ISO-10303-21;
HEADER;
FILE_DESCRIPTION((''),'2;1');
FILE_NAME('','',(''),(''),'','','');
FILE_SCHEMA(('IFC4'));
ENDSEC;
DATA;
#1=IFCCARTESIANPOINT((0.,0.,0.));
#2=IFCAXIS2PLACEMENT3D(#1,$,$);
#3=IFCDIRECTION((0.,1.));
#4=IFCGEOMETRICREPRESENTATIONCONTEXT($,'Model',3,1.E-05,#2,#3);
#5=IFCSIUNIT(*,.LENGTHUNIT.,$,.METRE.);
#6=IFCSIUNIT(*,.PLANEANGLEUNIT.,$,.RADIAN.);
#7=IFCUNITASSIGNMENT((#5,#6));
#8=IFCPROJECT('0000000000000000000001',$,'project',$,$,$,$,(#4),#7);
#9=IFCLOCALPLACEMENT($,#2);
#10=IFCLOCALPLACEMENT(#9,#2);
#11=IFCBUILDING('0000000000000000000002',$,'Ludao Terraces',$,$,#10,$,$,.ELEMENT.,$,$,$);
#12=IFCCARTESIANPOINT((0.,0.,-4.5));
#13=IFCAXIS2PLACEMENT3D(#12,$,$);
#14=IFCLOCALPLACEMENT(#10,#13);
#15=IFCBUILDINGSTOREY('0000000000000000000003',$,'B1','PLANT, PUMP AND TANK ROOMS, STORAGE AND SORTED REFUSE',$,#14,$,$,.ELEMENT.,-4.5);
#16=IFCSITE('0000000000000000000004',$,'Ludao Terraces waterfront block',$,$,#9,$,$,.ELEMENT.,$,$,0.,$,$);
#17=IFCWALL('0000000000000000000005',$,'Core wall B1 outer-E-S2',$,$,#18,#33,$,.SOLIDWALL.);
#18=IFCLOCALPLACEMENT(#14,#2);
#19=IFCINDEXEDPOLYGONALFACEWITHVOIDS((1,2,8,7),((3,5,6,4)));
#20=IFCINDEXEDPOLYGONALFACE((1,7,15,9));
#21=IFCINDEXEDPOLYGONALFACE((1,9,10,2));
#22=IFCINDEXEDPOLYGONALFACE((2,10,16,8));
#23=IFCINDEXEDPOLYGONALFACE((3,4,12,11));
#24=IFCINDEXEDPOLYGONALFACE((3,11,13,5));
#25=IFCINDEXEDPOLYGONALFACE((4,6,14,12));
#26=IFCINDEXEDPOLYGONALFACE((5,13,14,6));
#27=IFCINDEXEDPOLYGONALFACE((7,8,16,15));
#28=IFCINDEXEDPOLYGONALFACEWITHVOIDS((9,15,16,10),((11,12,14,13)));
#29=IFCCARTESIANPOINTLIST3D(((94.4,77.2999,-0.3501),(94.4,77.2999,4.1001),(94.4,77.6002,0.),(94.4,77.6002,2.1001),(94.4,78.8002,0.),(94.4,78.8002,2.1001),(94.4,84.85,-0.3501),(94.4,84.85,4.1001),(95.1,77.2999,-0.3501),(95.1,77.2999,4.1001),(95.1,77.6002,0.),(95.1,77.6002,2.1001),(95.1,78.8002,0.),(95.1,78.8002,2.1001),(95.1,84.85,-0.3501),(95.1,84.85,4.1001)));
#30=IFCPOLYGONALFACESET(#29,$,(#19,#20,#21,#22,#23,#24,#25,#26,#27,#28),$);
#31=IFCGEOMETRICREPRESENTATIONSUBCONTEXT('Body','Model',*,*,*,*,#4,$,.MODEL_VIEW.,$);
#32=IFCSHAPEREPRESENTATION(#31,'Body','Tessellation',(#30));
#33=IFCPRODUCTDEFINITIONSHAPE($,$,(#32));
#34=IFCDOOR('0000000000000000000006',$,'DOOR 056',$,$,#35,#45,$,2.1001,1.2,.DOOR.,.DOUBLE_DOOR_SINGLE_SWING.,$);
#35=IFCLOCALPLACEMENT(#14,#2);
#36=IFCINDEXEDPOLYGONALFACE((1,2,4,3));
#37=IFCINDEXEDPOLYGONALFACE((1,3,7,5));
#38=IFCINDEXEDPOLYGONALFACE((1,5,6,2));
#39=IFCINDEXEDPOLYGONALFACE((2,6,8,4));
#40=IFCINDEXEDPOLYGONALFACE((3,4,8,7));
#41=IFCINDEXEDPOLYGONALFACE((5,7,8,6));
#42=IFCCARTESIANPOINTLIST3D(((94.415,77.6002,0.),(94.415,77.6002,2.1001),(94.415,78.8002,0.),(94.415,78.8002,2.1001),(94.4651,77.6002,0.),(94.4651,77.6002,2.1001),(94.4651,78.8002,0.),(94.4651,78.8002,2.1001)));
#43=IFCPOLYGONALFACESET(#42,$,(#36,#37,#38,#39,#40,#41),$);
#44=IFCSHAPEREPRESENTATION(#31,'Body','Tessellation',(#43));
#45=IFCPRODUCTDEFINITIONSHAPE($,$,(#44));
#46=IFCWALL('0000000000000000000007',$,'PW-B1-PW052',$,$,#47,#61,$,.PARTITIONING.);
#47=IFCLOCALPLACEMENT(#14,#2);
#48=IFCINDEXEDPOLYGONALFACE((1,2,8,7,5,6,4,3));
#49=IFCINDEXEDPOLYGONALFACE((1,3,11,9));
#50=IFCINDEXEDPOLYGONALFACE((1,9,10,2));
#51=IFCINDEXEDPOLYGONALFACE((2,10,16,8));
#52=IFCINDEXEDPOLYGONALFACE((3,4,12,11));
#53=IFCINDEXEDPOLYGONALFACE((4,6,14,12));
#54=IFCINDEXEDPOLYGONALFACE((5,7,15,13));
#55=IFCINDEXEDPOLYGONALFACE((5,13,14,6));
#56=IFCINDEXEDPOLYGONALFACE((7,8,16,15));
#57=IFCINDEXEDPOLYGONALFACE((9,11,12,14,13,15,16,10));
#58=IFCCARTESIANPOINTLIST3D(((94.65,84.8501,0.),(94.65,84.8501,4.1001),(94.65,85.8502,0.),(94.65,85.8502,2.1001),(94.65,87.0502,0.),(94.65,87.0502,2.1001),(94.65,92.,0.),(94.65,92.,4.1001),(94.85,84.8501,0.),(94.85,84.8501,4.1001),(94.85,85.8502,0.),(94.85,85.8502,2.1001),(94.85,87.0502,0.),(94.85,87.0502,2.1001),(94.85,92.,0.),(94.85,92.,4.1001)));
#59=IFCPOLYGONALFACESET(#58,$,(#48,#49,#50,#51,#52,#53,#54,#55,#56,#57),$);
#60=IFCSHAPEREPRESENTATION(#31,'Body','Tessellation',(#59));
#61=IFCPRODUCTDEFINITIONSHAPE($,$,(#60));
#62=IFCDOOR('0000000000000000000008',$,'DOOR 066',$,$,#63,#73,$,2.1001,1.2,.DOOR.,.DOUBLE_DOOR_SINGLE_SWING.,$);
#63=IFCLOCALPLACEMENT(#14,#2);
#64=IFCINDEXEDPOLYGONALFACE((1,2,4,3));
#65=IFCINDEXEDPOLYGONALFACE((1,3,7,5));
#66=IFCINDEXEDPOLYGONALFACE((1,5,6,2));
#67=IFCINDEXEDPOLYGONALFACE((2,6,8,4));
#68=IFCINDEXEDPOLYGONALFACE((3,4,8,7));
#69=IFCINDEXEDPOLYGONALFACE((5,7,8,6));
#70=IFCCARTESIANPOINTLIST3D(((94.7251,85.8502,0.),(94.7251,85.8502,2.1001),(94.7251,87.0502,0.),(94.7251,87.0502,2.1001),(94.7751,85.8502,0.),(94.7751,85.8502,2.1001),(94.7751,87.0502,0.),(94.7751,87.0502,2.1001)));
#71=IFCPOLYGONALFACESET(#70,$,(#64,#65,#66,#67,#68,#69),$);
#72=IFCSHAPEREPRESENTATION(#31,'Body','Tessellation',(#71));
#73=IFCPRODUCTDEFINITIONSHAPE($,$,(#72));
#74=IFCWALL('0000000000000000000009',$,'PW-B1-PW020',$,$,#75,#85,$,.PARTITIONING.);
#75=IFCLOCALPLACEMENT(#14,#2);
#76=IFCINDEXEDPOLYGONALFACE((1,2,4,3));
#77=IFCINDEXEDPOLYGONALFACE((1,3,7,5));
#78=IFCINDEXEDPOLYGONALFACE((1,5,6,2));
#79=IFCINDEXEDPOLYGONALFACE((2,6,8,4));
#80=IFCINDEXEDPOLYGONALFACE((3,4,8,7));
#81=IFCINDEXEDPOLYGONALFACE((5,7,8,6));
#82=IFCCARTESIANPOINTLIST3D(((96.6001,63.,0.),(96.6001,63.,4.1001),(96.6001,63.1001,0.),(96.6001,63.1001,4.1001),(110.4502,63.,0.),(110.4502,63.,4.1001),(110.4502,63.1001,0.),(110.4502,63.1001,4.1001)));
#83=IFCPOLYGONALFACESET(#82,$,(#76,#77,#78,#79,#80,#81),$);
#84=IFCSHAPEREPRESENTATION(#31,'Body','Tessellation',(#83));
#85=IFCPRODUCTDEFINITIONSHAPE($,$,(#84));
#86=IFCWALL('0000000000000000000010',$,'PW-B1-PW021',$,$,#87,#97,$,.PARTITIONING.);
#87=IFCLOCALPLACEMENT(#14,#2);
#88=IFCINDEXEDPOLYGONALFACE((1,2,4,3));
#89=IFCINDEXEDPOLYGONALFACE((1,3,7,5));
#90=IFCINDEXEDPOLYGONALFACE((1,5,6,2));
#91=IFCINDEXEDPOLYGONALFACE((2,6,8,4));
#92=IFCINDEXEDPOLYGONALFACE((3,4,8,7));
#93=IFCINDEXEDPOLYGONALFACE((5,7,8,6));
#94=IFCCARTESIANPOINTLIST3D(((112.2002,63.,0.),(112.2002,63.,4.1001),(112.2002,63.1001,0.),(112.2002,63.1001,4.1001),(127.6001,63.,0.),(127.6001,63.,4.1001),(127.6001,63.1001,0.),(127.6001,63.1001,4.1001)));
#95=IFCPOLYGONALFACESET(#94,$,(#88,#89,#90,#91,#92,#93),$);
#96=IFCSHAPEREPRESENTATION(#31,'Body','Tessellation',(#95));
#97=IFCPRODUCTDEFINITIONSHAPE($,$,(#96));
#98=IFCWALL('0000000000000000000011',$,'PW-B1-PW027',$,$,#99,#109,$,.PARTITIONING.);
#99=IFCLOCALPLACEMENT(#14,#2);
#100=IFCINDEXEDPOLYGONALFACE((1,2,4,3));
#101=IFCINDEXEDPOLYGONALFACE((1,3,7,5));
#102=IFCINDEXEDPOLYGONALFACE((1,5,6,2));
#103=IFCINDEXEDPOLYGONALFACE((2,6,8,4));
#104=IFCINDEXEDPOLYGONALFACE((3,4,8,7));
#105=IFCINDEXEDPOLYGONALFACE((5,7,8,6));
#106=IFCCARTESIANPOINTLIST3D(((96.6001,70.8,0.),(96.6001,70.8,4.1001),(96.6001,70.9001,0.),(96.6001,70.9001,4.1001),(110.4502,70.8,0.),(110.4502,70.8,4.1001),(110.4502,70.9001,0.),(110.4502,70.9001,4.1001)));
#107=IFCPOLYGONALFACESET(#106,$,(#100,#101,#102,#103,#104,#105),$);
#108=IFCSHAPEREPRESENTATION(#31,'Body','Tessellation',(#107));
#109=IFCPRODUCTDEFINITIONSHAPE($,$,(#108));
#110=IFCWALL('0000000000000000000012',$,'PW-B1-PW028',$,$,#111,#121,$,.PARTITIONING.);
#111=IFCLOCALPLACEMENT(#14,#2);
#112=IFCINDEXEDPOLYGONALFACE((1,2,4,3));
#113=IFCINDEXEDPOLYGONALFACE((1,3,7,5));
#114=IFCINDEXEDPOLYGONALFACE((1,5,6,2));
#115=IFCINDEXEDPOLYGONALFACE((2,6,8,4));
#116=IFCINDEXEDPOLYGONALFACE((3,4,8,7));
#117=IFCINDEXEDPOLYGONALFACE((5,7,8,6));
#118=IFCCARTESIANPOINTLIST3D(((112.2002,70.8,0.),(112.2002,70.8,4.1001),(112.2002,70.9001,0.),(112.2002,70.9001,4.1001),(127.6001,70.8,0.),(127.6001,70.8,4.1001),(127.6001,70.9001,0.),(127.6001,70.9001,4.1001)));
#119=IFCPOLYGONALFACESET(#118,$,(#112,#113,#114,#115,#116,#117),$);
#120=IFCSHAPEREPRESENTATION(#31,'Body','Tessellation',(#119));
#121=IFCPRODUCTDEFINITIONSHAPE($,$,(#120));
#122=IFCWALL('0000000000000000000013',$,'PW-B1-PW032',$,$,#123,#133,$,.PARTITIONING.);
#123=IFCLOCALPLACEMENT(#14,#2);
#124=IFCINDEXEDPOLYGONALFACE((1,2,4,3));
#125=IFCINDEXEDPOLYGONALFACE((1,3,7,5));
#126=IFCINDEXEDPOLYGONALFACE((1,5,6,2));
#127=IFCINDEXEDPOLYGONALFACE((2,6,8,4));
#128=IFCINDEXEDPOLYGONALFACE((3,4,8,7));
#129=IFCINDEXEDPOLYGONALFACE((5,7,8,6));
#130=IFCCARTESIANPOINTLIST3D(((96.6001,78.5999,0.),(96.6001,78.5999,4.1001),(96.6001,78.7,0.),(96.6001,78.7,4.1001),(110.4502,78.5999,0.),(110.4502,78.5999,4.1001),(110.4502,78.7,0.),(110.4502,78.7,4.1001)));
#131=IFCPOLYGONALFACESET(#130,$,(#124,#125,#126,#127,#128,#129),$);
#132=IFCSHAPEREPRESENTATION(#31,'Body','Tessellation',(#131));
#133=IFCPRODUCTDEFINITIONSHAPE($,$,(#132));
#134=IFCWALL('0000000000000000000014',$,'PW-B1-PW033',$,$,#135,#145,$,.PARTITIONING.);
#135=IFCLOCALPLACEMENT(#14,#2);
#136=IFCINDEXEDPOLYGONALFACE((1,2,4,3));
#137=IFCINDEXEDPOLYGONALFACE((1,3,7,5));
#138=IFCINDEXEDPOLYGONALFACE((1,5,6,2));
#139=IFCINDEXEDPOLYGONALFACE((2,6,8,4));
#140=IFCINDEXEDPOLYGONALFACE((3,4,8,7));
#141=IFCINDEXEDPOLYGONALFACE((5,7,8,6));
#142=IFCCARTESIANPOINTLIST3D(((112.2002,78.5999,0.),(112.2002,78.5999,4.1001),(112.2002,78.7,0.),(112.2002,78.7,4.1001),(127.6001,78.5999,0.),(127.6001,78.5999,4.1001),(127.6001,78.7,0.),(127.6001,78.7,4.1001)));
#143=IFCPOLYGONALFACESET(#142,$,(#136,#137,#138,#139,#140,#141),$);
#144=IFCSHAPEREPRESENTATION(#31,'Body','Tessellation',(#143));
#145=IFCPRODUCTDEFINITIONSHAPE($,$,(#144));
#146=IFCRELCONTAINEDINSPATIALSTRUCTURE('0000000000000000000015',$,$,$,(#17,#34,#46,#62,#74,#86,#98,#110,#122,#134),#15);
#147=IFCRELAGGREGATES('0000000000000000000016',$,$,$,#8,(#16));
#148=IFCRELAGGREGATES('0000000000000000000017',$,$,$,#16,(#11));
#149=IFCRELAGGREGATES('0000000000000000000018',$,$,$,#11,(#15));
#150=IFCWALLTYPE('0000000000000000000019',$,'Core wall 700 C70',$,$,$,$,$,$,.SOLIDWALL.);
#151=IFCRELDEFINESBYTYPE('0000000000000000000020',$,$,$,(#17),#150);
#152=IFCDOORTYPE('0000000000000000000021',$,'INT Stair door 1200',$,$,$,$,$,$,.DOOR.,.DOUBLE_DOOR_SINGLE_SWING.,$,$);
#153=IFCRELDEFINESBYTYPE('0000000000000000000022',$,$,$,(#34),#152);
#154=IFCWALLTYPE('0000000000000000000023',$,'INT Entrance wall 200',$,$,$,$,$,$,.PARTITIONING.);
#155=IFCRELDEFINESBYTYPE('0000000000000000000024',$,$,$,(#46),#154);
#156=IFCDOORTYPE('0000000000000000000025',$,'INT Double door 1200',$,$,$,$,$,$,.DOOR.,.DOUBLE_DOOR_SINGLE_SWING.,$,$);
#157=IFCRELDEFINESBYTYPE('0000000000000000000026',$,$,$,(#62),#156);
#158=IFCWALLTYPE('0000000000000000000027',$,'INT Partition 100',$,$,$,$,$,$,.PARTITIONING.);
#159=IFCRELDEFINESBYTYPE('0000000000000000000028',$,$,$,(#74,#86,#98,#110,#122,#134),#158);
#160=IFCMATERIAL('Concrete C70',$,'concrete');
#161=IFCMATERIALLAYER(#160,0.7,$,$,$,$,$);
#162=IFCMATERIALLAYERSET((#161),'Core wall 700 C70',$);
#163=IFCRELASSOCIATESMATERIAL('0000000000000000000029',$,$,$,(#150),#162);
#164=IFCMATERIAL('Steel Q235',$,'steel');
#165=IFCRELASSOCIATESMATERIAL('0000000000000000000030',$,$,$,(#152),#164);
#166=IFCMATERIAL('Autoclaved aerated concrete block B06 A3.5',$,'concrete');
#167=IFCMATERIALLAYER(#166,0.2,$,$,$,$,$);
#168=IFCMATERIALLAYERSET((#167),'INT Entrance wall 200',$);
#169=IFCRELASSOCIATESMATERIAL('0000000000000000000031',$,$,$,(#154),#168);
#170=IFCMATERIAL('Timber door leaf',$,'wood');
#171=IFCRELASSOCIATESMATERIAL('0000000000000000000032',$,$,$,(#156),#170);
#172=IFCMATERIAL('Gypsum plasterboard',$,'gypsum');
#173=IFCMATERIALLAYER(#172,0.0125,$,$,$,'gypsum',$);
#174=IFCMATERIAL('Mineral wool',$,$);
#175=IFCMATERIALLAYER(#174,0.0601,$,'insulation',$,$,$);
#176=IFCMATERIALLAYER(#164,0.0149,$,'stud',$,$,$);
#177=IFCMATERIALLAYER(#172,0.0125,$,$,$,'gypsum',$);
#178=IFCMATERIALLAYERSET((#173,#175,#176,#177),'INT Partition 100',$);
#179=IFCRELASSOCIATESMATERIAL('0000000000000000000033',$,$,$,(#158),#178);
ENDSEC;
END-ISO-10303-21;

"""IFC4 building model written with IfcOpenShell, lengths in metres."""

from ifc_helpers import new_model, si_unit, direction, frame, frame_2d, origin, place, context, subcontext, project, spatial, rectangle, extrude, material, layer, layer_set, type_object, element, fill, save


model = new_model("IFC4")

# Units and contexts
model_context = context("Model", 3, precision=1e-05, world=origin(), true_north=direction((0.0, 1.0)))
body_context = subcontext(model_context, "Body", "Model", "MODEL_VIEW")
ifc_project = project(units=[si_unit("LENGTHUNIT", "METRE"), si_unit("PLANEANGLEUNIT", "RADIAN")], contexts=[model_context])

# Site, building, storey
site_placement = place(None, origin())
site = spatial("IfcSite", under=ifc_project, at=site_placement, Name="Ludao Terraces waterfront block", CompositionType="ELEMENT", RefElevation=0.0)
building_placement = place(site_placement, origin())
building = spatial("IfcBuilding", under=site, at=building_placement, Name="Ludao Terraces", CompositionType="ELEMENT")
storey_placement = place(building_placement, frame((0.0, 0.0, -4.5)))
storey = spatial("IfcBuildingStorey", under=building, at=storey_placement, Name="B1", Description="PLANT, PUMP AND TANK ROOMS, STORAGE AND SORTED REFUSE", CompositionType="ELEMENT", Elevation=-4.5)

# Shared definitions
ifc_material_1 = material(Name="Concrete C70", Category="concrete")
ifc_layer_1 = layer(ifc_material_1, 0.7)
ifc_layer_set_1 = layer_set([ifc_layer_1], Name="Core wall 700 C70")
wall_type_1 = type_object("IfcWallType", Name="Core wall 700 C70", PredefinedType="SOLIDWALL", material=ifc_layer_set_1)
ifc_material_2 = material(Name="Steel Q235", Category="steel")
ifc_material_3 = material(Name="Timber door leaf", Category="wood")

# Walls, openings, doors
wall_1_placement = place(storey_placement, frame((94.75, 77.3, -0.3501), z_axis=(0.0, 0.0, 1.0), x_axis=(0.0, 1.0, 0.0)))
wall_1 = element("IfcWall", 1, at=wall_1_placement, inside=storey, type_object=wall_type_1, Name="Core wall B1 outer-E-S2", PredefinedType="SOLIDWALL", context=body_context, shape_type="SweptSolid", body=[
    extrude(rectangle(XDim=7.55, YDim=0.7, at=frame_2d((3.7749, 0.0))), origin(), (0.0, 0.0, 1.0), 4.4502),
])
opening_1_placement = place(wall_1_placement, frame((0.3, 0.0, 0.3501)))
opening_1 = element("IfcOpeningElement", 2, at=opening_1_placement, cuts=wall_1, PredefinedType="OPENING", context=body_context, shape_type="SweptSolid", body=[
    extrude(rectangle(XDim=1.2, YDim=2.1001, at=frame_2d((0.6001, 1.05))), frame((0.0, 0.3599, 0.0), z_axis=(0.0, -1.0, 0.0), x_axis=(1.0, 0.0, 0.0)), (0.0, 0.0, 1.0), 0.72),
])
door_type_1 = type_object("IfcDoorType", Name="INT Stair door 1200", OperationType="DOUBLE_DOOR_SINGLE_SWING", PredefinedType="DOOR", material=ifc_material_2)
door_1_placement = place(opening_1_placement, origin())
door_1 = element("IfcDoor", 3, at=door_1_placement, inside=storey, type_object=door_type_1, Name="DOOR 056", OperationType="DOUBLE_DOOR_SINGLE_SWING", OverallHeight=2.1001, OverallWidth=1.2, PredefinedType="DOOR", context=body_context, shape_type="SweptSolid", body=[
    extrude(rectangle(XDim=1.2, YDim=2.1001, at=frame_2d((0.6001, 1.05))), frame((0.0, 0.335, 0.0), z_axis=(0.0, -1.0, 0.0), x_axis=(1.0, 0.0, 0.0)), (0.0, 0.0, 1.0), 0.05),
])
fill(opening_1, door_1)
ifc_material_4 = material(Name="Autoclaved aerated concrete block B06 A3.5", Category="concrete")
ifc_layer_2 = layer(ifc_material_4, 0.2)
ifc_layer_set_2 = layer_set([ifc_layer_2], Name="INT Entrance wall 200")
wall_type_2 = type_object("IfcWallType", Name="INT Entrance wall 200", PredefinedType="PARTITIONING", material=ifc_layer_set_2)
wall_2_placement = place(storey_placement, frame((94.75, 84.8501, 0.0), z_axis=(0.0, 0.0, 1.0), x_axis=(0.0, 1.0, 0.0)))
wall_2 = element("IfcWall", 4, at=wall_2_placement, inside=storey, type_object=wall_type_2, Name="PW-B1-PW052", PredefinedType="PARTITIONING", context=body_context, shape_type="SweptSolid", body=[
    extrude(rectangle(XDim=7.1499, YDim=0.2, at=frame_2d((3.575, 0.0))), origin(), (0.0, 0.0, 1.0), 4.1001),
])
opening_2_placement = place(wall_2_placement, frame((1.0, 0.0, 0.0)))
opening_2 = element("IfcOpeningElement", 5, at=opening_2_placement, cuts=wall_2, PredefinedType="OPENING", context=body_context, shape_type="SweptSolid", body=[
    extrude(rectangle(XDim=1.2, YDim=2.1001, at=frame_2d((0.6001, 1.05))), frame((0.0, 0.1099, 0.0), z_axis=(0.0, -1.0, 0.0), x_axis=(1.0, 0.0, 0.0)), (0.0, 0.0, 1.0), 0.22),
])
door_type_2 = type_object("IfcDoorType", Name="INT Double door 1200", OperationType="DOUBLE_DOOR_SINGLE_SWING", PredefinedType="DOOR", material=ifc_material_3)
door_2_placement = place(opening_2_placement, origin())
door_2 = element("IfcDoor", 6, at=door_2_placement, inside=storey, type_object=door_type_2, Name="DOOR 066", OperationType="DOUBLE_DOOR_SINGLE_SWING", OverallHeight=2.1001, OverallWidth=1.2, PredefinedType="DOOR", context=body_context, shape_type="SweptSolid", body=[
    extrude(rectangle(XDim=1.2, YDim=2.1001, at=frame_2d((0.6001, 1.05))), frame((0.0, 0.0249, 0.0), z_axis=(0.0, -1.0, 0.0), x_axis=(1.0, 0.0, 0.0)), (0.0, 0.0, 1.0), 0.05),
])
fill(opening_2, door_2)

# Walls
ifc_material_5 = material(Name="Gypsum plasterboard", Category="gypsum")
ifc_layer_3 = layer(ifc_material_5, 0.0125, Category="gypsum")
ifc_material_6 = material(Name="Mineral wool")
ifc_layer_4 = layer(ifc_material_6, 0.0601, Name="insulation")
ifc_layer_5 = layer(ifc_material_2, 0.0149, Name="stud")
ifc_layer_6 = layer(ifc_material_5, 0.0125, Category="gypsum")
ifc_layer_set_3 = layer_set([ifc_layer_3, ifc_layer_4, ifc_layer_5, ifc_layer_6], Name="INT Partition 100")
wall_type_3 = type_object("IfcWallType", Name="INT Partition 100", PredefinedType="PARTITIONING", material=ifc_layer_set_3)
wall_3_placement = place(storey_placement, frame((96.6001, 63.05, 0.0), z_axis=(0.0, 0.0, 1.0), x_axis=(1.0, 0.0, 0.0)))
element("IfcWall", 7, at=wall_3_placement, inside=storey, type_object=wall_type_3, Name="PW-B1-PW020", PredefinedType="PARTITIONING", context=body_context, shape_type="SweptSolid", body=[
    extrude(rectangle(XDim=13.8501, YDim=0.1001, at=frame_2d((6.925, 0.0))), origin(), (0.0, 0.0, 1.0), 4.1001),
])
wall_4_placement = place(storey_placement, frame((112.2002, 63.05, 0.0), z_axis=(0.0, 0.0, 1.0), x_axis=(1.0, 0.0, 0.0)))
element("IfcWall", 8, at=wall_4_placement, inside=storey, type_object=wall_type_3, Name="PW-B1-PW021", PredefinedType="PARTITIONING", context=body_context, shape_type="SweptSolid", body=[
    extrude(rectangle(XDim=15.3999, YDim=0.1001, at=frame_2d((7.7, 0.0))), origin(), (0.0, 0.0, 1.0), 4.1001),
])
wall_5_placement = place(storey_placement, frame((96.6001, 70.8501, 0.0), z_axis=(0.0, 0.0, 1.0), x_axis=(1.0, 0.0, 0.0)))
element("IfcWall", 9, at=wall_5_placement, inside=storey, type_object=wall_type_3, Name="PW-B1-PW027", PredefinedType="PARTITIONING", context=body_context, shape_type="SweptSolid", body=[
    extrude(rectangle(XDim=13.8501, YDim=0.1001, at=frame_2d((6.925, 0.0))), origin(), (0.0, 0.0, 1.0), 4.1001),
])
wall_6_placement = place(storey_placement, frame((112.2002, 70.8501, 0.0), z_axis=(0.0, 0.0, 1.0), x_axis=(1.0, 0.0, 0.0)))
element("IfcWall", 10, at=wall_6_placement, inside=storey, type_object=wall_type_3, Name="PW-B1-PW028", PredefinedType="PARTITIONING", context=body_context, shape_type="SweptSolid", body=[
    extrude(rectangle(XDim=15.3999, YDim=0.1001, at=frame_2d((7.7, 0.0))), origin(), (0.0, 0.0, 1.0), 4.1001),
])
wall_7_placement = place(storey_placement, frame((96.6001, 78.6499, 0.0), z_axis=(0.0, 0.0, 1.0), x_axis=(1.0, 0.0, 0.0)))
element("IfcWall", 11, at=wall_7_placement, inside=storey, type_object=wall_type_3, Name="PW-B1-PW032", PredefinedType="PARTITIONING", context=body_context, shape_type="SweptSolid", body=[
    extrude(rectangle(XDim=13.8501, YDim=0.1001, at=frame_2d((6.925, 0.0))), origin(), (0.0, 0.0, 1.0), 4.1001),
])
wall_8_placement = place(storey_placement, frame((112.2002, 78.6499, 0.0), z_axis=(0.0, 0.0, 1.0), x_axis=(1.0, 0.0, 0.0)))
element("IfcWall", 12, at=wall_8_placement, inside=storey, type_object=wall_type_3, Name="PW-B1-PW033", PredefinedType="PARTITIONING", context=body_context, shape_type="SweptSolid", body=[
    extrude(rectangle(XDim=15.3999, YDim=0.1001, at=frame_2d((7.7, 0.0))), origin(), (0.0, 0.0, 1.0), 4.1001),
])

save(model, "model.ifc")
